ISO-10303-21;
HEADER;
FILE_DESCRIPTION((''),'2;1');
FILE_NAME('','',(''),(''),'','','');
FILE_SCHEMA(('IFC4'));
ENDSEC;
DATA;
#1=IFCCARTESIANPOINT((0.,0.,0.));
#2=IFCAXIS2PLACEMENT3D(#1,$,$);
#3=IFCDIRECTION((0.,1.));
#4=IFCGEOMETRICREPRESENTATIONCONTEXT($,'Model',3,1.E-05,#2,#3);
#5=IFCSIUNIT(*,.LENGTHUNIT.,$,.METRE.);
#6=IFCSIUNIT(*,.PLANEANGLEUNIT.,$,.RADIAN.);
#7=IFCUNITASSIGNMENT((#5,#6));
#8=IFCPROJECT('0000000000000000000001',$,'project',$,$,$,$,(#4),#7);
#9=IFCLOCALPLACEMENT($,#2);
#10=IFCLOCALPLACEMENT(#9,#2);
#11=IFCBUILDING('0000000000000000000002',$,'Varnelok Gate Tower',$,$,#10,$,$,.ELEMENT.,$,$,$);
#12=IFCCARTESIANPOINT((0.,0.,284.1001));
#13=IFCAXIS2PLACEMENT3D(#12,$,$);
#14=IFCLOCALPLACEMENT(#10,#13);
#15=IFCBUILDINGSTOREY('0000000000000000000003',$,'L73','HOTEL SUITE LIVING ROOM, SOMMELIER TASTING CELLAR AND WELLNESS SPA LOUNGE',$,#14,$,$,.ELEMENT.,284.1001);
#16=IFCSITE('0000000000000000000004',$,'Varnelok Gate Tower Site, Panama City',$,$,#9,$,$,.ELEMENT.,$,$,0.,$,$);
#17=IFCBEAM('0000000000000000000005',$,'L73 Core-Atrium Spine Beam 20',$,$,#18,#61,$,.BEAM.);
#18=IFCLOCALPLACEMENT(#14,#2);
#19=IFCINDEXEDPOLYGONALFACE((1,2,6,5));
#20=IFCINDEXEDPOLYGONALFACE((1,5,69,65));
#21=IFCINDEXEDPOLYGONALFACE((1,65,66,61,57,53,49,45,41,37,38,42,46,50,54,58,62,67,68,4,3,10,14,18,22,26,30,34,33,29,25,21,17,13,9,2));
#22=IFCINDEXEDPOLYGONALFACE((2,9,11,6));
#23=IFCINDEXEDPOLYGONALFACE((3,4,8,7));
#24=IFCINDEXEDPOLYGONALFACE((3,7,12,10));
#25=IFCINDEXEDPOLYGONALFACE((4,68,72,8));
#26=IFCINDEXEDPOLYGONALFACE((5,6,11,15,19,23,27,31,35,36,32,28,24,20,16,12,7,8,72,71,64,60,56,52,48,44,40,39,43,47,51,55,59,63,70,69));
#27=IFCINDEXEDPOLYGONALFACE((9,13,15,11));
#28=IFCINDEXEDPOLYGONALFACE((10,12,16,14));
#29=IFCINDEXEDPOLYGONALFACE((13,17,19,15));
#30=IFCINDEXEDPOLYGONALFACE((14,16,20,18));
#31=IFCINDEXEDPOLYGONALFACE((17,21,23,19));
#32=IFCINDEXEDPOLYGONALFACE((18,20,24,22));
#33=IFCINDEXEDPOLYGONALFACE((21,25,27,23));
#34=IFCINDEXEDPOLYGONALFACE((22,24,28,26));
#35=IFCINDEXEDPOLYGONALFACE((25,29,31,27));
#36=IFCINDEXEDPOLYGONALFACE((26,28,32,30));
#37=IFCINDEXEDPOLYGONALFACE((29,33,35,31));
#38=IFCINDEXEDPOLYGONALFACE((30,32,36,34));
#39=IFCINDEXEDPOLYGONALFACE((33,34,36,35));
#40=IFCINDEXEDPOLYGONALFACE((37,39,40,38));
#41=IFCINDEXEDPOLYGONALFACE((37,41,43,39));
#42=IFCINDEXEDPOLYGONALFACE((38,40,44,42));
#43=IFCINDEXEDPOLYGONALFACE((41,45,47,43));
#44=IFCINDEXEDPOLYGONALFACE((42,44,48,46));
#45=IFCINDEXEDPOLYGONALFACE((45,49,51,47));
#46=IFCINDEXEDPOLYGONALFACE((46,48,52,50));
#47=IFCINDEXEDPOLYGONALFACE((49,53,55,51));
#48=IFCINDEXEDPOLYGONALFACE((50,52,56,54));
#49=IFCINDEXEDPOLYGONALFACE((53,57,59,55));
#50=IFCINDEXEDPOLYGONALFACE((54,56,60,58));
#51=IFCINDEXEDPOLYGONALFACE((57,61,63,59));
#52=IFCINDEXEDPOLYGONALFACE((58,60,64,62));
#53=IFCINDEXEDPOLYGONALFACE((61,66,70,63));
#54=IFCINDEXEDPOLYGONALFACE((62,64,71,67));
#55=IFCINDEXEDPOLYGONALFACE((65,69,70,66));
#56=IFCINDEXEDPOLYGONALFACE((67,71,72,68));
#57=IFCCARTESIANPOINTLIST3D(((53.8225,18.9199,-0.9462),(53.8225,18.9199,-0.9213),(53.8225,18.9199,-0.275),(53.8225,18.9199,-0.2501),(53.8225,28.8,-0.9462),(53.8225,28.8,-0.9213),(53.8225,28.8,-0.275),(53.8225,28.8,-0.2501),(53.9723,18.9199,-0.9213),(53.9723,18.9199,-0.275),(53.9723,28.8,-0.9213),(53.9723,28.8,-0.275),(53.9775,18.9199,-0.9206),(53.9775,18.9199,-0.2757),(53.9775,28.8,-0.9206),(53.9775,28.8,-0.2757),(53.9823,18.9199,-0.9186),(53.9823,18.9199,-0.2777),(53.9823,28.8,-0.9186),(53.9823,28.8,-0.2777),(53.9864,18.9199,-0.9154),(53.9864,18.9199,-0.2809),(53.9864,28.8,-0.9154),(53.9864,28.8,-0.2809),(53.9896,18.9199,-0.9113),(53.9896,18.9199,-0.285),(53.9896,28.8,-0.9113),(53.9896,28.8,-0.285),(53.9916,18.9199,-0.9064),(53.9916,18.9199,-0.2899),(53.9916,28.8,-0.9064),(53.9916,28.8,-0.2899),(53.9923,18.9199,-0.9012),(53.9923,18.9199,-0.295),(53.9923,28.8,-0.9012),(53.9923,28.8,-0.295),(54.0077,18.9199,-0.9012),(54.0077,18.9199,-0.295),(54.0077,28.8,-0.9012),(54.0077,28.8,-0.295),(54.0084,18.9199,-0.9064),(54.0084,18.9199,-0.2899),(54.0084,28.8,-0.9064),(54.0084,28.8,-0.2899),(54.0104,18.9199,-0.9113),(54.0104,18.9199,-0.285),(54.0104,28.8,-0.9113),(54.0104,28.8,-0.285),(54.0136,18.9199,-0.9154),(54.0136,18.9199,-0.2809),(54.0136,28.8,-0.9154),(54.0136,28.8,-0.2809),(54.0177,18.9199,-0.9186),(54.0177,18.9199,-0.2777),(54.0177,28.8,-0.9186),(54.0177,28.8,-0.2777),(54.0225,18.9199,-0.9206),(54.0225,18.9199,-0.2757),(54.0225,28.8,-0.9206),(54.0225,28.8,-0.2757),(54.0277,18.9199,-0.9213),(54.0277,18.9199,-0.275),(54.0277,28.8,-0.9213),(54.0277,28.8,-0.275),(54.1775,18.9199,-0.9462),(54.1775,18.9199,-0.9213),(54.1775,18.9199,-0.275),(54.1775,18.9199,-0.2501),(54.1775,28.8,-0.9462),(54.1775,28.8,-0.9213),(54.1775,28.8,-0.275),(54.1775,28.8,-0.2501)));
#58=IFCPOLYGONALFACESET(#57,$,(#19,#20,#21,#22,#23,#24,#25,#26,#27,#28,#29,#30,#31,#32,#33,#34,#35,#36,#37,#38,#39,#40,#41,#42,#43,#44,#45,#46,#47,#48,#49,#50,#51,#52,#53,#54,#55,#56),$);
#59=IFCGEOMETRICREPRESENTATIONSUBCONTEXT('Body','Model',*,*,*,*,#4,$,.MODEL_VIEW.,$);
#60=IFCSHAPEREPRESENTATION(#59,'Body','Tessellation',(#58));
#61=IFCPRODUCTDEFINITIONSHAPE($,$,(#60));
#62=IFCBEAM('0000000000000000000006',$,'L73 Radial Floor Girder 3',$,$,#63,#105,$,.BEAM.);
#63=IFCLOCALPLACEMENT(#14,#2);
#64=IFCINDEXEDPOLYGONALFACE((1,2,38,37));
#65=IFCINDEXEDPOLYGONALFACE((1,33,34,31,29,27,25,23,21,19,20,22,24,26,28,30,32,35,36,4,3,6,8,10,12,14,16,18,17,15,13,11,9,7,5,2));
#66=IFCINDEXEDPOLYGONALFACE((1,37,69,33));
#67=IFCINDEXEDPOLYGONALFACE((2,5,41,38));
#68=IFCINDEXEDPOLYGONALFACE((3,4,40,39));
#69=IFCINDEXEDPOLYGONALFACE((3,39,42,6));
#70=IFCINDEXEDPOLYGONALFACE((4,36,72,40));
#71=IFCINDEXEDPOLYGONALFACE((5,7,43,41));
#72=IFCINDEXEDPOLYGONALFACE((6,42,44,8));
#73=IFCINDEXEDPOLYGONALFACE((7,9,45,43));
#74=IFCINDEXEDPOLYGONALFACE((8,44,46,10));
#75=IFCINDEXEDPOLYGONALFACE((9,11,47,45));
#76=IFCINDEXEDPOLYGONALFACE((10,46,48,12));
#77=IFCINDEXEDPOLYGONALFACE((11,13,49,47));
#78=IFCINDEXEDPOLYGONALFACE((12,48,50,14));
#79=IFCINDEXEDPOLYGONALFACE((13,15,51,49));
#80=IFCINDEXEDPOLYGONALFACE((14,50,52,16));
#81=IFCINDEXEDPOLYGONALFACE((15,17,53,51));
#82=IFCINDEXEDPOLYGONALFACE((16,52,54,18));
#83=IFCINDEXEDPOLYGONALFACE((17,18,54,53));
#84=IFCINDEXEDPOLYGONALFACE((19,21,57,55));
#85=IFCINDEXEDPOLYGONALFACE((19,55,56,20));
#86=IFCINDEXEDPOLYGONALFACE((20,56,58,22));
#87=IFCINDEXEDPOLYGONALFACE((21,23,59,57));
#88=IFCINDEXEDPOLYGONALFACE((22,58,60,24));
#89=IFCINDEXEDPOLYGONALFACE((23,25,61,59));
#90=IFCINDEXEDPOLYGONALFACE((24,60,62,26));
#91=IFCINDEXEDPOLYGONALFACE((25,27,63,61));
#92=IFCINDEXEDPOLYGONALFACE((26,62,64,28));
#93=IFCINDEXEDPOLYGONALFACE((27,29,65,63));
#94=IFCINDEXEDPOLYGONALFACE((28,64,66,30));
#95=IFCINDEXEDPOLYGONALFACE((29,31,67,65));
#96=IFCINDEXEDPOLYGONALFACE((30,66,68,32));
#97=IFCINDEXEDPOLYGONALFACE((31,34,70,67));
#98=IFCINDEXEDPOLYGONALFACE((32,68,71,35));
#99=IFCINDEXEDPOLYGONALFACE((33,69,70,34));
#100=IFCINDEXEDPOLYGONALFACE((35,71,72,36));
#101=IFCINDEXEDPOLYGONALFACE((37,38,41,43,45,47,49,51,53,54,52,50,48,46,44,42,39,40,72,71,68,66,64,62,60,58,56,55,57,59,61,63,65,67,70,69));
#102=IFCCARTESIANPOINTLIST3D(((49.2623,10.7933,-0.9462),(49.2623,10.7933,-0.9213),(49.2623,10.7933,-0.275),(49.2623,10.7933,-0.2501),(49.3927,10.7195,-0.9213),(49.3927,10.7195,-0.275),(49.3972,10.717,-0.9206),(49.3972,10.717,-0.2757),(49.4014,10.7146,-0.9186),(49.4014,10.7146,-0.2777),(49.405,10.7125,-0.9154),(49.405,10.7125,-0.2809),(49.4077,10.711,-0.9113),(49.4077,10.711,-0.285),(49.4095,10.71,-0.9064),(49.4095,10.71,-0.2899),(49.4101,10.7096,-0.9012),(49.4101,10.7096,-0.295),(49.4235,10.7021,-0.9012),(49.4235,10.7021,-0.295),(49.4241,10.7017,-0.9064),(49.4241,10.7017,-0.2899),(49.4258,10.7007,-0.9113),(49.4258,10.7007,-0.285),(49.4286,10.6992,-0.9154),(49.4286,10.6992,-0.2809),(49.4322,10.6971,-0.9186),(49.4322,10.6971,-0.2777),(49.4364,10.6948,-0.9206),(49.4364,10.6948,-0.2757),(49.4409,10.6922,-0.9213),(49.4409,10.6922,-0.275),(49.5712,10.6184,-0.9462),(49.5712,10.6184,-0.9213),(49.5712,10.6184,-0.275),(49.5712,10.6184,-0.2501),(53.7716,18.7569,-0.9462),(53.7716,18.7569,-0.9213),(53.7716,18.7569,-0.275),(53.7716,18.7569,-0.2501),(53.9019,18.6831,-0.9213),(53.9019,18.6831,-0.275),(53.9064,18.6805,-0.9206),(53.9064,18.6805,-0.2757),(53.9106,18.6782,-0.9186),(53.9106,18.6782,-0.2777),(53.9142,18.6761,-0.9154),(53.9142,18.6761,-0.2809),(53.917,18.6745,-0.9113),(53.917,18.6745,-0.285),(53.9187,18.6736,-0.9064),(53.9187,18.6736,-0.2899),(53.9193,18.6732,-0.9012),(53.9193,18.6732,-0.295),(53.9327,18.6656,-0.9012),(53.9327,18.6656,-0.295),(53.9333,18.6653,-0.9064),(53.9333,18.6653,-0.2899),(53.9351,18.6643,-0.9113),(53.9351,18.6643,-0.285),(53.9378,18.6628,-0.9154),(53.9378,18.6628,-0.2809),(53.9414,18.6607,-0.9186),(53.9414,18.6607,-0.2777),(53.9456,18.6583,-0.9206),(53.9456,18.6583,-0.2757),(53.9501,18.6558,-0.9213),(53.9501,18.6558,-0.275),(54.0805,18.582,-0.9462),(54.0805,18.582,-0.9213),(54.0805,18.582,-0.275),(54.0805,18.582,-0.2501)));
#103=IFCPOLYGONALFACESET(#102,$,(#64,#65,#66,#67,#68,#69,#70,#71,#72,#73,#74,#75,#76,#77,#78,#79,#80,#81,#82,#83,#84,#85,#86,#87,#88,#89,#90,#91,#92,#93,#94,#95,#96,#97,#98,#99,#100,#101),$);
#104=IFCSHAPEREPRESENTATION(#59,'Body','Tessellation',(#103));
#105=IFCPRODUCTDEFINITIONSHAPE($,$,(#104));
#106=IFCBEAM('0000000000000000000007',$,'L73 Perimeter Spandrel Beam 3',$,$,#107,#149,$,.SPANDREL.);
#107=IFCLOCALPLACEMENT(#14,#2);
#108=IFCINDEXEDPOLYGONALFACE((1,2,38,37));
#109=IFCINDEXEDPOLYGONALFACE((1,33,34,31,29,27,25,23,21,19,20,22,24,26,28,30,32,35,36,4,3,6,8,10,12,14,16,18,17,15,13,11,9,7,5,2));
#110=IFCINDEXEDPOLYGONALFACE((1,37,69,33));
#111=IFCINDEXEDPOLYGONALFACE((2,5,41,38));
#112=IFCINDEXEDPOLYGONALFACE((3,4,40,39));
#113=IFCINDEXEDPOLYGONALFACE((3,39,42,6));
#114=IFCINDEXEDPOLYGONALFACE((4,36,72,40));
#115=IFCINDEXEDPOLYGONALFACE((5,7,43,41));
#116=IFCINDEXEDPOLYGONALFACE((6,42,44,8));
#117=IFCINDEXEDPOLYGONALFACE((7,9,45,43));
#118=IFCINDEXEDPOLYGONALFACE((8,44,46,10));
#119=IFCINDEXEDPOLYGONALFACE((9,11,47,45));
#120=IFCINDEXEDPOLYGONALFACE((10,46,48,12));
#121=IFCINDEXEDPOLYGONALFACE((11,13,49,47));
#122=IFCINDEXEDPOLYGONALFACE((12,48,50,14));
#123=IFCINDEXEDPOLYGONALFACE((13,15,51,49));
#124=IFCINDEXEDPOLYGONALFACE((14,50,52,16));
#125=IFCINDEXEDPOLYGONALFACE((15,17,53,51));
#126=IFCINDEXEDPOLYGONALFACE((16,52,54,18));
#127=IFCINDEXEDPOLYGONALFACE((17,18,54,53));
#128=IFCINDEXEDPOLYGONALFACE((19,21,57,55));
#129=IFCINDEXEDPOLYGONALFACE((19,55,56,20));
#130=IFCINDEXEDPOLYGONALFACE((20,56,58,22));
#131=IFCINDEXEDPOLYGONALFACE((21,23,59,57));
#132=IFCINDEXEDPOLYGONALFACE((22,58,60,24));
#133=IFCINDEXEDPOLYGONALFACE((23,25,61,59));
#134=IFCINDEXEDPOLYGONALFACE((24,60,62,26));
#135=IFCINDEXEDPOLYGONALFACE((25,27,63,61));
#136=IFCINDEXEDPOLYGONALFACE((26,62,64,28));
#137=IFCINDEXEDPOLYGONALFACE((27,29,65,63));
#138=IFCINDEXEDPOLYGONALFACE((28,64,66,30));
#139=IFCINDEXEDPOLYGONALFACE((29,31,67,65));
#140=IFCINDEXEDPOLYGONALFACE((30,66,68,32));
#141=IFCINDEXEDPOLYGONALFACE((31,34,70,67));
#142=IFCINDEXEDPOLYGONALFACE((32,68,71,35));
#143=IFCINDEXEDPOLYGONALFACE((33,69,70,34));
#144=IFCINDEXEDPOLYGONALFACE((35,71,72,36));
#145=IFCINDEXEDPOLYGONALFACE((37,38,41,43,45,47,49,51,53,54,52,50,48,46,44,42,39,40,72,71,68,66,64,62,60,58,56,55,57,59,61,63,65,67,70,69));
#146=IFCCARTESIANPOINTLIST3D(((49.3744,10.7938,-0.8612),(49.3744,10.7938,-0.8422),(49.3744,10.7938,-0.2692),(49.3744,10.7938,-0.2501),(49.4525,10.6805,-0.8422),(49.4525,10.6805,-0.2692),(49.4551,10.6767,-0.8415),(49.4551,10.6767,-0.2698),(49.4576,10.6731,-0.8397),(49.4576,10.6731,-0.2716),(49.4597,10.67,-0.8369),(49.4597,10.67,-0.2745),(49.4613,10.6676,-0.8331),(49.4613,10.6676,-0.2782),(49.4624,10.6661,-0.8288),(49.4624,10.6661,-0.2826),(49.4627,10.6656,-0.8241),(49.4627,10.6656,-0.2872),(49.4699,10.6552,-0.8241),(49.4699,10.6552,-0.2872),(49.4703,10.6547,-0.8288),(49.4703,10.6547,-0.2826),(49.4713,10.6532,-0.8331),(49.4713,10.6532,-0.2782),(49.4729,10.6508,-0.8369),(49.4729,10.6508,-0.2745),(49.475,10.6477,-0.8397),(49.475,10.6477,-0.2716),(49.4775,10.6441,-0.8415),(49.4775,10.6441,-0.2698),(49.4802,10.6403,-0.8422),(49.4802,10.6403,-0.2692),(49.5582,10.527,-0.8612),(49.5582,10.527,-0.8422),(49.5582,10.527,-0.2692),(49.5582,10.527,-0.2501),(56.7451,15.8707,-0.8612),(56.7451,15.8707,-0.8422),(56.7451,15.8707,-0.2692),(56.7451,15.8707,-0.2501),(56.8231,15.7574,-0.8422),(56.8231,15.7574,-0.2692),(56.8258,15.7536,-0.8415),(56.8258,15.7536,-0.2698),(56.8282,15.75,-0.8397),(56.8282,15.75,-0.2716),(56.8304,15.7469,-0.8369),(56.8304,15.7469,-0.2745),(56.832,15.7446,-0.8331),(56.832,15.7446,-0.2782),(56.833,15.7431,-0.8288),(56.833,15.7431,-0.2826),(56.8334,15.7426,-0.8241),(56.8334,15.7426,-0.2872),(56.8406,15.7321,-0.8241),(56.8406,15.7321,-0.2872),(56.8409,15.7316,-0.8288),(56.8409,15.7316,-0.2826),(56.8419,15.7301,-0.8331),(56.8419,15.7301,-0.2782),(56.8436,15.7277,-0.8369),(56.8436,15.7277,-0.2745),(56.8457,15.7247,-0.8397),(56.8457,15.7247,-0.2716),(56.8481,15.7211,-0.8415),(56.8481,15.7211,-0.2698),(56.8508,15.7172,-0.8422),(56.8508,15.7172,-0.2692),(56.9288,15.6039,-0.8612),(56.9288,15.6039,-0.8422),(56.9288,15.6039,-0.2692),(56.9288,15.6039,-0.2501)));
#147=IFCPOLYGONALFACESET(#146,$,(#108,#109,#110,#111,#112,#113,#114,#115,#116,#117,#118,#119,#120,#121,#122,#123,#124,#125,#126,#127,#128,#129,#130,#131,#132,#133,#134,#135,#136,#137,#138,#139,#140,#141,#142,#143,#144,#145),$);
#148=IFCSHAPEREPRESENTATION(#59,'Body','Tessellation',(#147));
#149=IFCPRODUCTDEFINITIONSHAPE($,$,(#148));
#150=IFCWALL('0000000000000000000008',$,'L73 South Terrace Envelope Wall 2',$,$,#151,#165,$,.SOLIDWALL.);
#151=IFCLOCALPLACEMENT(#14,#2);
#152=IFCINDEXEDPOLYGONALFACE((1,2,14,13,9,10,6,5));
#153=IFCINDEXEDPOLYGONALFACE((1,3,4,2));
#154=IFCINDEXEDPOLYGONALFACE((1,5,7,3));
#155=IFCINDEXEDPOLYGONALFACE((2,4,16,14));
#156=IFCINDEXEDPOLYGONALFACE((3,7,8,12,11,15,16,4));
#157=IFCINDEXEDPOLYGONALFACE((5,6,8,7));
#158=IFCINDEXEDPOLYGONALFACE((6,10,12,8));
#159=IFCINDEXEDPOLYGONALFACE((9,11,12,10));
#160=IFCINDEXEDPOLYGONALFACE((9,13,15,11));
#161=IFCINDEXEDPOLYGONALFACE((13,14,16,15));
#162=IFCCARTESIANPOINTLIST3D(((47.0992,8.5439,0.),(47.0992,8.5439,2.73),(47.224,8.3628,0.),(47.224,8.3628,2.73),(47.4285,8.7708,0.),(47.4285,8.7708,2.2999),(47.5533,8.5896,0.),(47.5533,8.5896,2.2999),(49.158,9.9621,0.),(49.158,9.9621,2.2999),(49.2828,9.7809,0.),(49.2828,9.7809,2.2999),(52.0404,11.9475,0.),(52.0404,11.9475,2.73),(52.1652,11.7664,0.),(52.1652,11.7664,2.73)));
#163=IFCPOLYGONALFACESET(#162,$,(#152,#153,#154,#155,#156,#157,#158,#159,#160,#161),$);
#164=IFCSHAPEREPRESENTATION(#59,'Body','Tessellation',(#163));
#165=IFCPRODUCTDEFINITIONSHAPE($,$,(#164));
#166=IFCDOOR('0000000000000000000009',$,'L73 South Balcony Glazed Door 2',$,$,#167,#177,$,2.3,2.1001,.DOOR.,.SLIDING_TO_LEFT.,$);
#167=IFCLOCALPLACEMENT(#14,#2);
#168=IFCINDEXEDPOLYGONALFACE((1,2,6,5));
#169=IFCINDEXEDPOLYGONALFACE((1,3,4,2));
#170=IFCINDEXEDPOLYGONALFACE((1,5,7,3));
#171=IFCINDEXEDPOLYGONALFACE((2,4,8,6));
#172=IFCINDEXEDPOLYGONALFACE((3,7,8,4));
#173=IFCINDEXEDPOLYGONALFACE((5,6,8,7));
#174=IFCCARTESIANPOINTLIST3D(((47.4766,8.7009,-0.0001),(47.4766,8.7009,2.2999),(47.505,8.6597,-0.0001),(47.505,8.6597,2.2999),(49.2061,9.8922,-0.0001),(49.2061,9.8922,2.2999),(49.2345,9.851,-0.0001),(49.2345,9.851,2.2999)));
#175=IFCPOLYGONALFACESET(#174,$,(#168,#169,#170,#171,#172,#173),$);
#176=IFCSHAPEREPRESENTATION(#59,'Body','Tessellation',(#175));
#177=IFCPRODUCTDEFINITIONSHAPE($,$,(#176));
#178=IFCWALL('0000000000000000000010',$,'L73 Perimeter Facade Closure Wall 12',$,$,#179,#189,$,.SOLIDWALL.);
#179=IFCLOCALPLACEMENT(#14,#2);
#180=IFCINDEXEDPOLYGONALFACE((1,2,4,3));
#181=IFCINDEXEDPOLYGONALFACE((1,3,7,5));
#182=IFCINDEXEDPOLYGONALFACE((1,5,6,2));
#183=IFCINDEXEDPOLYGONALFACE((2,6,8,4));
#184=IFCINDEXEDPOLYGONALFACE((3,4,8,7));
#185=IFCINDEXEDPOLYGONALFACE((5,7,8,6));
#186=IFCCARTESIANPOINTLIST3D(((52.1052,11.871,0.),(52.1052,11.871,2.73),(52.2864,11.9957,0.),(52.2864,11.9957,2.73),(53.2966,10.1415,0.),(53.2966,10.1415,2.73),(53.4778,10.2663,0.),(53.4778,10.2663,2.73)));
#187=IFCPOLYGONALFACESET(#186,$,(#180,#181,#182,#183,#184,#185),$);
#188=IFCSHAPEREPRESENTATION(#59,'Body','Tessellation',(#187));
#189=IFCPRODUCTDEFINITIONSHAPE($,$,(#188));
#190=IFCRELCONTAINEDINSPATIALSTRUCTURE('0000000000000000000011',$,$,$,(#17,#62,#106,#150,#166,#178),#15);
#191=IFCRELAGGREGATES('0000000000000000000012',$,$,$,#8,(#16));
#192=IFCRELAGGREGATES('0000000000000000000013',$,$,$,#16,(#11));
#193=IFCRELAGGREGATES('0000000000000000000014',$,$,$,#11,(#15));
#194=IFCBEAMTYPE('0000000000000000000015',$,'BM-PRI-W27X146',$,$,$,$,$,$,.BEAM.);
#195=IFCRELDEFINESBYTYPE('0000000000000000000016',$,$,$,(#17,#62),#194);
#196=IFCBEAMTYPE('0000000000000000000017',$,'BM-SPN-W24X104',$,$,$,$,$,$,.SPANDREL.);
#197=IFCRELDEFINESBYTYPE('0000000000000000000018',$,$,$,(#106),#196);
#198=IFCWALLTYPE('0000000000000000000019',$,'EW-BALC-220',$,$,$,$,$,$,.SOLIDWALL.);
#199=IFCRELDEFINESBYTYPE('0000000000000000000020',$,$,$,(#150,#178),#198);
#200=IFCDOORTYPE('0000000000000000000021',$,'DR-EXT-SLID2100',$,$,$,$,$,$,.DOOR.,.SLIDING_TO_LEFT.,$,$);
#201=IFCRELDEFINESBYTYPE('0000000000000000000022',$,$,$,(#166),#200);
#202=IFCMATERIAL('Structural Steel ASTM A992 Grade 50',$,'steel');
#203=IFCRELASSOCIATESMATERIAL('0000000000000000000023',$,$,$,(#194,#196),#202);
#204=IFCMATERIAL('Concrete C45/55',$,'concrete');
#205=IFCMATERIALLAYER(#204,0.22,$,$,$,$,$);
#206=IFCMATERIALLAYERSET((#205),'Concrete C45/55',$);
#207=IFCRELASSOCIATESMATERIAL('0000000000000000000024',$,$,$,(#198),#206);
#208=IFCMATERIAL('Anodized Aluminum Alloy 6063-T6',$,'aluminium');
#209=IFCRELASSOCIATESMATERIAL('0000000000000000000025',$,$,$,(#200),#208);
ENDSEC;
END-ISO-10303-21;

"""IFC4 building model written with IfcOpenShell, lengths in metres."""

from ifc_helpers import new_model, si_unit, direction, frame, frame_2d, origin, origin_2d, place, context, subcontext, project, spatial, rectangle, i_section, extrude, material, layer, layer_set, material_profile, profile_set, type_object, element, fill, save


model = new_model("IFC4")

# Units and contexts
model_context = context("Model", 3, precision=1e-05, world=origin(), true_north=direction((0.0, 1.0)))
body_context = subcontext(model_context, "Body", "Model", "MODEL_VIEW")
ifc_project = project(units=[si_unit("LENGTHUNIT", "METRE"), si_unit("PLANEANGLEUNIT", "RADIAN")], contexts=[model_context])

# Site, building, storey
site_placement = place(None, origin())
site = spatial("IfcSite", under=ifc_project, at=site_placement, Name="Varnelok Gate Tower Site, Panama City", CompositionType="ELEMENT", RefElevation=0.0)
building_placement = place(site_placement, origin())
building = spatial("IfcBuilding", under=site, at=building_placement, Name="Varnelok Gate Tower", CompositionType="ELEMENT")
storey_placement = place(building_placement, frame((0.0, 0.0, 284.1001)))
storey = spatial("IfcBuildingStorey", under=building, at=storey_placement, Name="L73", Description="HOTEL SUITE LIVING ROOM, SOMMELIER TASTING CELLAR AND WELLNESS SPA LOUNGE", CompositionType="ELEMENT", Elevation=284.1001)

# Shared definitions
ifc_material_1 = material(Name="Structural Steel ASTM A992 Grade 50", Category="steel")

# Beams
ifc_material_profile_1 = material_profile(ifc_material_1, i_section(OverallWidth=0.355, OverallDepth=0.696, WebThickness=0.0154, FlangeThickness=0.0249, FilletRadius=0.02, at=origin_2d()), Name="W27X146")
ifc_profile_set_1 = profile_set([ifc_material_profile_1], Name="Structural Steel ASTM A992 Grade 50")
beam_type_1 = type_object("IfcBeamType", Name="BM-PRI-W27X146", PredefinedType="BEAM", material=ifc_profile_set_1)
beam_1_placement = place(storey_placement, frame((54.0, 18.9199, -0.5981), z_axis=(0.0, 1.0, 0.0), x_axis=(-1.0, 0.0, 0.0)))
element("IfcBeam", 1, at=beam_1_placement, inside=storey, type_object=beam_type_1, Name="L73 Core-Atrium Spine Beam 20", PredefinedType="BEAM", context=body_context, shape_type="SweptSolid", body=[
    extrude(i_section(OverallWidth=0.355, OverallDepth=0.696, WebThickness=0.0154, FlangeThickness=0.0249, FilletRadius=0.02, at=origin_2d()), origin(), (0.0, 0.0, 1.0), 9.8801),
])
beam_2_placement = place(storey_placement, frame((53.926, 18.6694, -0.5981), z_axis=(-0.492728, -0.870183, 0.0), x_axis=(0.870183, -0.492728, 0.0)))
element("IfcBeam", 2, at=beam_2_placement, inside=storey, type_object=beam_type_1, Name="L73 Radial Floor Girder 3", PredefinedType="BEAM", context=body_context, shape_type="SweptSolid", body=[
    extrude(i_section(OverallWidth=0.355, OverallDepth=0.696, WebThickness=0.0154, FlangeThickness=0.0249, FilletRadius=0.02, at=origin_2d()), origin(), (0.0, 0.0, 1.0), 9.1516),
])
ifc_material_profile_2 = material_profile(ifc_material_1, i_section(OverallWidth=0.324, OverallDepth=0.6111, WebThickness=0.0127, FlangeThickness=0.019, FilletRadius=0.0181, at=origin_2d()), Name="W24X104")
ifc_profile_set_2 = profile_set([ifc_material_profile_2], Name="Structural Steel ASTM A992 Grade 50")
beam_type_2 = type_object("IfcBeamType", Name="BM-SPN-W24X104", PredefinedType="SPANDREL", material=ifc_profile_set_2)
beam_3_placement = place(storey_placement, frame((49.4663, 10.6604, -0.5557), z_axis=(0.82354, 0.567258, 0.0), x_axis=(-0.567258, 0.82354, 0.0)))
element("IfcBeam", 3, at=beam_3_placement, inside=storey, type_object=beam_type_2, Name="L73 Perimeter Spandrel Beam 3", PredefinedType="SPANDREL", context=body_context, shape_type="SweptSolid", body=[
    extrude(i_section(OverallWidth=0.324, OverallDepth=0.6111, WebThickness=0.0127, FlangeThickness=0.019, FilletRadius=0.0181, at=origin_2d()), origin(), (0.0, 0.0, 1.0), 8.95),
])

# Wall, opening, door
ifc_material_2 = material(Name="Concrete C45/55", Category="concrete")
ifc_layer_1 = layer(ifc_material_2, 0.22)
ifc_layer_set_1 = layer_set([ifc_layer_1], Name="Concrete C45/55")
wall_type_1 = type_object("IfcWallType", Name="EW-BALC-220", PredefinedType="SOLIDWALL", material=ifc_layer_set_1)
wall_1_placement = place(storey_placement, frame((52.1028, 11.8569, 0.0), z_axis=(0.0, 0.0, 1.0), x_axis=(-0.823535, -0.567266, 0.0)))
wall_1 = element("IfcWall", 4, at=wall_1_placement, inside=storey, type_object=wall_type_1, Name="L73 South Terrace Envelope Wall 2", PredefinedType="SOLIDWALL", context=body_context, shape_type="SweptSolid", body=[
    extrude(rectangle(XDim=6.0, YDim=0.22, at=frame_2d((3.0, 0.0))), origin(), (0.0, 0.0, 1.0), 2.73),
])
opening_1_placement = place(wall_1_placement, frame((3.5, 0.0, 0.0)))
opening_1 = element("IfcOpeningElement", 5, at=opening_1_placement, cuts=wall_1, PredefinedType="OPENING", context=body_context, shape_type="SweptSolid", body=[
    extrude(rectangle(XDim=2.1001, YDim=2.3, at=frame_2d((1.05, 1.1499))), frame((0.0, 0.1199, 0.0), z_axis=(0.0, -1.0, 0.0), x_axis=(1.0, 0.0, 0.0)), (0.0, 0.0, 1.0), 0.24),
])
ifc_material_3 = material(Name="Anodized Aluminum Alloy 6063-T6", Category="aluminium")
door_type_1 = type_object("IfcDoorType", Name="DR-EXT-SLID2100", OperationType="SLIDING_TO_LEFT", PredefinedType="DOOR", material=ifc_material_3)
door_1_placement = place(opening_1_placement, origin())
door_1 = element("IfcDoor", 6, at=door_1_placement, inside=storey, type_object=door_type_1, Name="L73 South Balcony Glazed Door 2", OperationType="SLIDING_TO_LEFT", OverallHeight=2.3, OverallWidth=2.1001, PredefinedType="DOOR", context=body_context, shape_type="SweptSolid", body=[
    extrude(rectangle(XDim=2.1001, YDim=2.3, at=frame_2d((1.05, 1.1499))), frame((0.0, 0.0249, 0.0), z_axis=(0.0, -1.0, 0.0), x_axis=(1.0, 0.0, 0.0)), (0.0, 0.0, 1.0), 0.05),
])
fill(opening_1, door_1)

# Wall
wall_2_placement = place(storey_placement, frame((52.1958, 11.9333, 0.0), z_axis=(0.0, 0.0, 1.0), x_axis=(0.567298, -0.823512, 0.0)))
element("IfcWall", 7, at=wall_2_placement, inside=storey, type_object=wall_type_1, Name="L73 Perimeter Facade Closure Wall 12", PredefinedType="SOLIDWALL", context=body_context, shape_type="SweptSolid", body=[
    extrude(rectangle(XDim=2.1001, YDim=0.22, at=frame_2d((1.05, 0.0))), origin(), (0.0, 0.0, 1.0), 2.73),
])

save(model, "model.ifc")
